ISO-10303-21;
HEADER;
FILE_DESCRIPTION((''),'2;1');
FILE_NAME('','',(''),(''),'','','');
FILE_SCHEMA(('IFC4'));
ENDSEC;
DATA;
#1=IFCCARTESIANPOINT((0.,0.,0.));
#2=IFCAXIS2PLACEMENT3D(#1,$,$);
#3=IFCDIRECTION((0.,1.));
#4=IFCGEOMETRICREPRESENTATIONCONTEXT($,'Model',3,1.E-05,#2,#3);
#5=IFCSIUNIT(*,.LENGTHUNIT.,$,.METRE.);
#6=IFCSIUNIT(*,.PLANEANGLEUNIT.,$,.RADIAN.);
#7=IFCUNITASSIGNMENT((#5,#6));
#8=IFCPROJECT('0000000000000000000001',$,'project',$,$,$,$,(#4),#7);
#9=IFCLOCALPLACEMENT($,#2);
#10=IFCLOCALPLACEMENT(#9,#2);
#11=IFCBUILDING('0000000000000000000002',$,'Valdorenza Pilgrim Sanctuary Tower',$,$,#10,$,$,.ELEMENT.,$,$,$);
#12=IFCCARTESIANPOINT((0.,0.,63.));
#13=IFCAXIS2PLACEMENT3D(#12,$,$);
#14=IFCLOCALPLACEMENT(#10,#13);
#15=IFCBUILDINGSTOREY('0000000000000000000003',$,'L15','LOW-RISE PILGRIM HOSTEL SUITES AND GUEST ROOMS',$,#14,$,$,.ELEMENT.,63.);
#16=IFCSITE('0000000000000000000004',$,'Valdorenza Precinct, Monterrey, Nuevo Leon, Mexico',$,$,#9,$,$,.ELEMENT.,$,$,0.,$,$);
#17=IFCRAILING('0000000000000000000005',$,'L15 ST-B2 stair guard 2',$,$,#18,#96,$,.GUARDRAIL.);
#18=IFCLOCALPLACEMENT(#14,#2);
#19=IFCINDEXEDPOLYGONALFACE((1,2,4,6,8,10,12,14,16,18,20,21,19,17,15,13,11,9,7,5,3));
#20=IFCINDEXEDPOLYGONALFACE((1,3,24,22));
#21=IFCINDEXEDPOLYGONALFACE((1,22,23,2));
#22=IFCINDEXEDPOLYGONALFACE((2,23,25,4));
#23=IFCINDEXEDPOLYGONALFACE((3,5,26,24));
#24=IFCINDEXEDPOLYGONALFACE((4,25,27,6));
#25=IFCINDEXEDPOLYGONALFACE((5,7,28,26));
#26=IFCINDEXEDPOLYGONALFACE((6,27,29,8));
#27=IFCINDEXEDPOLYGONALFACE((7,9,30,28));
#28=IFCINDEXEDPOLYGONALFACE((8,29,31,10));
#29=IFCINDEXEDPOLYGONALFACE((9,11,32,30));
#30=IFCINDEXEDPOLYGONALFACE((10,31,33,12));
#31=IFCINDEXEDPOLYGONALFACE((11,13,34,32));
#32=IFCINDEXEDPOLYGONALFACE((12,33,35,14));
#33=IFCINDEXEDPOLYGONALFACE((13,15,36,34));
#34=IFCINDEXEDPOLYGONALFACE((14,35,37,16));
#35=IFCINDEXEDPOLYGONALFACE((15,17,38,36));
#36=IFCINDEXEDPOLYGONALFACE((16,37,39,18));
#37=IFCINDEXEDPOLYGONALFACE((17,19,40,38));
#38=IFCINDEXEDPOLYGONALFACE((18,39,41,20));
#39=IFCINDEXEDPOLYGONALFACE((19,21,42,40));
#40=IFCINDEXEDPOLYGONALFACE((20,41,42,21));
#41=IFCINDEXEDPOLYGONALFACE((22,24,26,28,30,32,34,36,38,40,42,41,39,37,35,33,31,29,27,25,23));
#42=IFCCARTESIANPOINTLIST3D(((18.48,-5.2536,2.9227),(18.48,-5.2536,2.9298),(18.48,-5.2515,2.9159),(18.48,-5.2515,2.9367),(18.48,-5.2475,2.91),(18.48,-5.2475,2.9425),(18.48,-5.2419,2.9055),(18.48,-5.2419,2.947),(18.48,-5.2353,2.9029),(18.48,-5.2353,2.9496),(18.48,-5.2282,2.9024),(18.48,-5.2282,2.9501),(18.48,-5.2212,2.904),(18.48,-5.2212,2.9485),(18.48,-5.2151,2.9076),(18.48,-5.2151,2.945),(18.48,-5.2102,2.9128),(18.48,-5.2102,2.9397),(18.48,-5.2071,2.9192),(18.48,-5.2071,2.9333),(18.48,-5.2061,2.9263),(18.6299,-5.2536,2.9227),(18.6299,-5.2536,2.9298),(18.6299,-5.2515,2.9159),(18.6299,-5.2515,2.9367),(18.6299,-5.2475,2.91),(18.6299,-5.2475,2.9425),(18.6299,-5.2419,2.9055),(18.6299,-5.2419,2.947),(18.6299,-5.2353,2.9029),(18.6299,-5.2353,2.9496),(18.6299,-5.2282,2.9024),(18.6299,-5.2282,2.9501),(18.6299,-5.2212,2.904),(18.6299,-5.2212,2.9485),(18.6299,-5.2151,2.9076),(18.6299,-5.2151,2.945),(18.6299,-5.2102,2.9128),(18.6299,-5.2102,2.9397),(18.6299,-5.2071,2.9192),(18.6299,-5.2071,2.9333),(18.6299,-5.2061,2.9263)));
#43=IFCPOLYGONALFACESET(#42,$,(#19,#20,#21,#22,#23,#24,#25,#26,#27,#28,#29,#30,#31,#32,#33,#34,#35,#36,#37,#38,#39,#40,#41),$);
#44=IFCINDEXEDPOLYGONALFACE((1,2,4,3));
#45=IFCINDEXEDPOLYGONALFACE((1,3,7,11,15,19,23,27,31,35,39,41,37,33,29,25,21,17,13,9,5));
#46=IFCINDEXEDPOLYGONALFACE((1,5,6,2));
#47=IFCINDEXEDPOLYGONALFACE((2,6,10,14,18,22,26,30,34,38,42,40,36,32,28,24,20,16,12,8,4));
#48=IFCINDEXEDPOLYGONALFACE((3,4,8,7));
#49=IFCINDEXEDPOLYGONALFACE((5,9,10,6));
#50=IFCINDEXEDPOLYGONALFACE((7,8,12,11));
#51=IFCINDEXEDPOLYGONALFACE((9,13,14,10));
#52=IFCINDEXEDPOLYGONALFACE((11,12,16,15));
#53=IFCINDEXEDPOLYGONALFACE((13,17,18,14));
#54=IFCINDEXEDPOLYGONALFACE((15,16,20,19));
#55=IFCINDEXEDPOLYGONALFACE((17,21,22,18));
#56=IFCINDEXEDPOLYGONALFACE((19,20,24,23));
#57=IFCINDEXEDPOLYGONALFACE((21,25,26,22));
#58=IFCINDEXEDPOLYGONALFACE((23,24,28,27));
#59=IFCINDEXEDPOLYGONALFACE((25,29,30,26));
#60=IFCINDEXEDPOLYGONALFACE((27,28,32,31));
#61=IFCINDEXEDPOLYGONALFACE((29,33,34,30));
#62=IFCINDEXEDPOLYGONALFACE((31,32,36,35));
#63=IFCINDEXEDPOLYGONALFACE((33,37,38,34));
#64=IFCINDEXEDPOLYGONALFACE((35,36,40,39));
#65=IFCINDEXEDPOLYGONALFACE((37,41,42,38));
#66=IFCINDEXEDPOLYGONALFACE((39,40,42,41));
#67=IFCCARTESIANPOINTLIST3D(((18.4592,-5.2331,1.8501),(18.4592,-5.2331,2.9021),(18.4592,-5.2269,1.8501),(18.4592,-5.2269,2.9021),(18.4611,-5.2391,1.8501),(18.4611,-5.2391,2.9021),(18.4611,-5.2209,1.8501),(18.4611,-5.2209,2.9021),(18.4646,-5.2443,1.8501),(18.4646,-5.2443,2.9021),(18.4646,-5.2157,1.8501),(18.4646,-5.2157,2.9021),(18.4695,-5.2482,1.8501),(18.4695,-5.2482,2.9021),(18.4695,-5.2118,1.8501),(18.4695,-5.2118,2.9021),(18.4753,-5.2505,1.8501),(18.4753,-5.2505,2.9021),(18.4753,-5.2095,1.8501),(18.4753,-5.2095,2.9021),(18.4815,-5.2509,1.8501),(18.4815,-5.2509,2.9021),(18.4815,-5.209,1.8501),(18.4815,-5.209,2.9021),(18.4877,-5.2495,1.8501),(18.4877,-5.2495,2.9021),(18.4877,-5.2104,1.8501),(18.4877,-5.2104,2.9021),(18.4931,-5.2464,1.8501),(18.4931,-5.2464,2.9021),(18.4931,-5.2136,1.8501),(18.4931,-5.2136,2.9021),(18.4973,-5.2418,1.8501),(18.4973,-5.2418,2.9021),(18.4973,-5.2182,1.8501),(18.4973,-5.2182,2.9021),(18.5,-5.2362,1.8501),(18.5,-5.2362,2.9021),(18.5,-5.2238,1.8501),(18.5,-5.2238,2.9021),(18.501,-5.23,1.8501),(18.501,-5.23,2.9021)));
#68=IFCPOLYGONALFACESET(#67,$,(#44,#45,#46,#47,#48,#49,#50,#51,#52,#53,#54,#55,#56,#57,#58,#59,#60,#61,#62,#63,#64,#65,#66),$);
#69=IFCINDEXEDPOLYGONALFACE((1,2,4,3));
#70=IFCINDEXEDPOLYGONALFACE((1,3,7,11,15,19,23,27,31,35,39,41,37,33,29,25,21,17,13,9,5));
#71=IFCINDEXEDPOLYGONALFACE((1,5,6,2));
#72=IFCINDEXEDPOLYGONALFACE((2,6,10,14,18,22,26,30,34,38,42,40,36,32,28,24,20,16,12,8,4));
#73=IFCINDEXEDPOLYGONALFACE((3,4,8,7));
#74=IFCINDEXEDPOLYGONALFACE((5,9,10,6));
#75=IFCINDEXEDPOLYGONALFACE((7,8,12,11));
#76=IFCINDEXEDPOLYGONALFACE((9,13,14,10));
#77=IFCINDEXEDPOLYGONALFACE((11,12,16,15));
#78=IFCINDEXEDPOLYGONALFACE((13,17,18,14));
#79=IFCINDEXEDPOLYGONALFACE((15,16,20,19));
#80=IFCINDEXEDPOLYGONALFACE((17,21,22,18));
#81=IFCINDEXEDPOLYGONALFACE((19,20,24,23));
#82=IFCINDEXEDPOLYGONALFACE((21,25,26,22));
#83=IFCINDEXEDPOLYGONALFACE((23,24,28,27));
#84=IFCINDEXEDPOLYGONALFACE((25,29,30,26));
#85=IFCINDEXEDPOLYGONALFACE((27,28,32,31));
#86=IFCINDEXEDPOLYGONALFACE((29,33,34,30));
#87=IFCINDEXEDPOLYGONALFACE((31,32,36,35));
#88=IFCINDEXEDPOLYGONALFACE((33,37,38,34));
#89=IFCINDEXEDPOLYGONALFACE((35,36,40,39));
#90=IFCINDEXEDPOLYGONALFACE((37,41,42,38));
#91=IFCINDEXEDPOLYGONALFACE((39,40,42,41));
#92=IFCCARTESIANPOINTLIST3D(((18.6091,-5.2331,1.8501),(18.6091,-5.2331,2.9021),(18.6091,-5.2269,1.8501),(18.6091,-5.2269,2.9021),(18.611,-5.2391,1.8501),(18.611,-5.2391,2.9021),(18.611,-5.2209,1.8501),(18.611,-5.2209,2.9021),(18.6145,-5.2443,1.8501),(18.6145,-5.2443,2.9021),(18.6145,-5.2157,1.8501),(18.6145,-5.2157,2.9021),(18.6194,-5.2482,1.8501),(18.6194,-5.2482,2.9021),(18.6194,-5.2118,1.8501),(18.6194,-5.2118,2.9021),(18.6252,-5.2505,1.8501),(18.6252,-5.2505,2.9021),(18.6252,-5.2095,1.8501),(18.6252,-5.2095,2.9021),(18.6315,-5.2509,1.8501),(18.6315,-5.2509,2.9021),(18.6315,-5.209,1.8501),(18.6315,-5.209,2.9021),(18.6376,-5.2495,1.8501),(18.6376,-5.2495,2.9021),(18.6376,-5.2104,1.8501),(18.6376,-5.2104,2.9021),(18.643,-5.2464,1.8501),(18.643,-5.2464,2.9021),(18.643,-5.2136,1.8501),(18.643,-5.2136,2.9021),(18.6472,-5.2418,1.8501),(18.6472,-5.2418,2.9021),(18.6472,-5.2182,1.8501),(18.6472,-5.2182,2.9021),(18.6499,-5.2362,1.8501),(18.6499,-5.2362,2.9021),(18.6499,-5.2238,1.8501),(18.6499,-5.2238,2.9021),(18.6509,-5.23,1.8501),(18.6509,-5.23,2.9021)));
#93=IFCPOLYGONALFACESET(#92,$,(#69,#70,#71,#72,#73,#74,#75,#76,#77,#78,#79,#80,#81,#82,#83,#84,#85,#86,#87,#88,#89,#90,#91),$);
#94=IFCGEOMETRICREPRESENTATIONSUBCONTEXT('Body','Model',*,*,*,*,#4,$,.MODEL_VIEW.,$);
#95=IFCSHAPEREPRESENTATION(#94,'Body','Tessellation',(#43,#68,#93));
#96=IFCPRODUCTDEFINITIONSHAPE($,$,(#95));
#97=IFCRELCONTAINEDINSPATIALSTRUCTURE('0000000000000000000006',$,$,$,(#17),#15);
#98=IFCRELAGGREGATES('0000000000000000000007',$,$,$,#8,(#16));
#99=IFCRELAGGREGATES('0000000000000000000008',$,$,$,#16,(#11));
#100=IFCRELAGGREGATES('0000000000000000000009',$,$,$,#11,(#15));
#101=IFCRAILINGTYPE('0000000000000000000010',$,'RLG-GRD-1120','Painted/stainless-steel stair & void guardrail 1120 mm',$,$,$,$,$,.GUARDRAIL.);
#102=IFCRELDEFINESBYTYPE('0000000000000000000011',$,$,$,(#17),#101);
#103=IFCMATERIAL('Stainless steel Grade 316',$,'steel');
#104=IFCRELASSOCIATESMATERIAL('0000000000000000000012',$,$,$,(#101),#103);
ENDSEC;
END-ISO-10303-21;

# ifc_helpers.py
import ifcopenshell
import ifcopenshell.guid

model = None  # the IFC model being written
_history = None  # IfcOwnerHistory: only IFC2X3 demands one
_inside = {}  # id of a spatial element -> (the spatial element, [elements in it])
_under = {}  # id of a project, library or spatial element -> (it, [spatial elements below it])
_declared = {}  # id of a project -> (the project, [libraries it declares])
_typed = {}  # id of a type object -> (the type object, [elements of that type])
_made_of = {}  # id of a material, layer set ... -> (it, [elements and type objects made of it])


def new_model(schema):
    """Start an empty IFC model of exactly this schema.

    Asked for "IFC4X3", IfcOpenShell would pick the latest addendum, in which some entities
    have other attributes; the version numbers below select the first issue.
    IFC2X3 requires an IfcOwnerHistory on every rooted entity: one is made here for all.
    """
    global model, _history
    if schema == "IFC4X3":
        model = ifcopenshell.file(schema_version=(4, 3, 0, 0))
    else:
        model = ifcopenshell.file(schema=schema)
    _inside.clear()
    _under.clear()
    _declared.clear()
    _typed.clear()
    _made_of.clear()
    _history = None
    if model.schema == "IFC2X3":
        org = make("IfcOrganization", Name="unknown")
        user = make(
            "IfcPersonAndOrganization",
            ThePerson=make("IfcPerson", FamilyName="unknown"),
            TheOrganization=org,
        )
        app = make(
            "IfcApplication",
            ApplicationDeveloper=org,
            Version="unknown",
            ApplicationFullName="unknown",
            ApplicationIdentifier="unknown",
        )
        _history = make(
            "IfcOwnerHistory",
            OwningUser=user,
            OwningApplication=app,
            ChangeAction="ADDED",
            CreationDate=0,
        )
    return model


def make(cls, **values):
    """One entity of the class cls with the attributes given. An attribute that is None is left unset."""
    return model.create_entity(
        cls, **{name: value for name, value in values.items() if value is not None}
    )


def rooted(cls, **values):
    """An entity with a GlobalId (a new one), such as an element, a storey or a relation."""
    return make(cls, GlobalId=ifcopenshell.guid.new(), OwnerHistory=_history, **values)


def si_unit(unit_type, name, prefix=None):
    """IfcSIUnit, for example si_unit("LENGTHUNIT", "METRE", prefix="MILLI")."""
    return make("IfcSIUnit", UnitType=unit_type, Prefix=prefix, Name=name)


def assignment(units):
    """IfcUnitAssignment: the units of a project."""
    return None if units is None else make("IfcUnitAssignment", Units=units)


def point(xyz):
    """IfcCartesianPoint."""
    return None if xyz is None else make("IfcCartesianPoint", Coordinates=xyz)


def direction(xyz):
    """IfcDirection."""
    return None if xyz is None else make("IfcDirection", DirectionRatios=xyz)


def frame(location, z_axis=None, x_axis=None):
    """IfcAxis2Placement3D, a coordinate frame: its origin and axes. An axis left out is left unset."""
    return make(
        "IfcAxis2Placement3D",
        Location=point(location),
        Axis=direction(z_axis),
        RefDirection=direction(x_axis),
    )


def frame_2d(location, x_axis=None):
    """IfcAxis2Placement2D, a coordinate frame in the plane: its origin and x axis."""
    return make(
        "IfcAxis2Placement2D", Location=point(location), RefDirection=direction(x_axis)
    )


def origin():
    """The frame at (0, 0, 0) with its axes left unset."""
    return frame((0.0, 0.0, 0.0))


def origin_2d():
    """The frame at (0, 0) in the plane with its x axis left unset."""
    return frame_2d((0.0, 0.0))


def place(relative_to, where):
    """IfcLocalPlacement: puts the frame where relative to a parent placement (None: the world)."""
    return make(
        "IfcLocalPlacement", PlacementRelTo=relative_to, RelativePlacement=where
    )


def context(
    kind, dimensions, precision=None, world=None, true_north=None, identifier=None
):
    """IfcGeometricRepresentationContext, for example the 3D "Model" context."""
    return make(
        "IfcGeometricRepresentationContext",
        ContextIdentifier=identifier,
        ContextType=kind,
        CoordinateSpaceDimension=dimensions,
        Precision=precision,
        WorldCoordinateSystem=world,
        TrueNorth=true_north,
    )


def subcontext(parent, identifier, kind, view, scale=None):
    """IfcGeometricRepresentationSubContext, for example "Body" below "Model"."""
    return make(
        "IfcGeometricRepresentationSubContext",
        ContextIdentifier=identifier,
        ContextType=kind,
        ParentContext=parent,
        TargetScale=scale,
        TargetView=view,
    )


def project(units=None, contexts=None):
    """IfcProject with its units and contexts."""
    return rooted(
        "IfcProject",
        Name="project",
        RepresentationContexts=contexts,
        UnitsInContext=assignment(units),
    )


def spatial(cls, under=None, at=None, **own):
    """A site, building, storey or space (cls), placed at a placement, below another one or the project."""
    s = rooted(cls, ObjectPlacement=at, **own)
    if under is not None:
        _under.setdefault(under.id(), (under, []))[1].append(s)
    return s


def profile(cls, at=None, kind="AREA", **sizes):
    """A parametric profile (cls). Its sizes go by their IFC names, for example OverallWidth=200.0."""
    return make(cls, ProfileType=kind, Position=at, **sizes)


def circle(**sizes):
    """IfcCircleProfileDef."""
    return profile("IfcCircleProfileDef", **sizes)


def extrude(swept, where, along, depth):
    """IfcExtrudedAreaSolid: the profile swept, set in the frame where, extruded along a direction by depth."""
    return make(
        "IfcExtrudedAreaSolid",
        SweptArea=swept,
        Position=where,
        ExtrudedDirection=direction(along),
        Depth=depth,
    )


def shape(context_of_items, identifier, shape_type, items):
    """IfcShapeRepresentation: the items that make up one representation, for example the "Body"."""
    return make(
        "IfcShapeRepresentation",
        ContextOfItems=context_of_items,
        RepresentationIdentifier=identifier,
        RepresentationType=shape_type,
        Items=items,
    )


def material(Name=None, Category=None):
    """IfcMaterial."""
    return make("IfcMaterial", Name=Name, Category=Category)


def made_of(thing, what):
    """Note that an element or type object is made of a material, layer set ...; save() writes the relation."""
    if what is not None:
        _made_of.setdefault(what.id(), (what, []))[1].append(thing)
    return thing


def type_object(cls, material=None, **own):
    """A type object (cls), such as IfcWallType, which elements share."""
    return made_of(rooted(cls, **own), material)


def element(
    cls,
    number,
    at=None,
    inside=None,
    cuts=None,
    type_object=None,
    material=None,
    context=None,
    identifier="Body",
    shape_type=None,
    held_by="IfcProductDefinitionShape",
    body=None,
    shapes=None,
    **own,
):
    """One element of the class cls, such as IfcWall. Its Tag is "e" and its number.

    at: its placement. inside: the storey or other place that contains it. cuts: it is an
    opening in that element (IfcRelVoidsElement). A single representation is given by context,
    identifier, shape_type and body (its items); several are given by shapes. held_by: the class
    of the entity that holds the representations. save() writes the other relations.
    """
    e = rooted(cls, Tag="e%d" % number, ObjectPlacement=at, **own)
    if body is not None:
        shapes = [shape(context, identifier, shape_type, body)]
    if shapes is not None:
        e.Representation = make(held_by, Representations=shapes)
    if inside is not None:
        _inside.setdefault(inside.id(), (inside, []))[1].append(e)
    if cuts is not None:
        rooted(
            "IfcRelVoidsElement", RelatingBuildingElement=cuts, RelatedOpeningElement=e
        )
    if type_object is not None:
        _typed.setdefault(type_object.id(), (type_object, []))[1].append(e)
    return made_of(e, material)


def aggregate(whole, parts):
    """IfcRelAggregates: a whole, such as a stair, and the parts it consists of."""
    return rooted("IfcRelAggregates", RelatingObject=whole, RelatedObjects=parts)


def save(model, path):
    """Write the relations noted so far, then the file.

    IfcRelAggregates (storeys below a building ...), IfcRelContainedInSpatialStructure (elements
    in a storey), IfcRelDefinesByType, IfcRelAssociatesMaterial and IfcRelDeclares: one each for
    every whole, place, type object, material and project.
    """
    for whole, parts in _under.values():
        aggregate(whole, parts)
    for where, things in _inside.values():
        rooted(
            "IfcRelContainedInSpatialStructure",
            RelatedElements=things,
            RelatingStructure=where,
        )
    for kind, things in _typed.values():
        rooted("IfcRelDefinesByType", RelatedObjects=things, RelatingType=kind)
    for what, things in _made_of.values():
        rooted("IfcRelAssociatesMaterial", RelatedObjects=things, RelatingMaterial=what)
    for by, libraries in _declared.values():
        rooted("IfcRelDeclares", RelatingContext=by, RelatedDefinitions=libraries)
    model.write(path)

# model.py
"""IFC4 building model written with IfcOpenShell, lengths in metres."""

from ifc_helpers import new_model, si_unit, direction, frame, origin, origin_2d, place, context, subcontext, project, spatial, circle, extrude, material, type_object, element, save


model = new_model("IFC4")

# Units and contexts
model_context = context("Model", 3, precision=1e-05, world=origin(), true_north=direction((0.0, 1.0)))
body_context = subcontext(model_context, "Body", "Model", "MODEL_VIEW")
ifc_project = project(units=[si_unit("LENGTHUNIT", "METRE"), si_unit("PLANEANGLEUNIT", "RADIAN")], contexts=[model_context])

# Site, building, storey
site_placement = place(None, origin())
site = spatial("IfcSite", under=ifc_project, at=site_placement, Name="Valdorenza Precinct, Monterrey, Nuevo Leon, Mexico", CompositionType="ELEMENT", RefElevation=0.0)
building_placement = place(site_placement, origin())
building = spatial("IfcBuilding", under=site, at=building_placement, Name="Valdorenza Pilgrim Sanctuary Tower", CompositionType="ELEMENT")
storey_placement = place(building_placement, frame((0.0, 0.0, 63.0)))
storey = spatial("IfcBuildingStorey", under=building, at=storey_placement, Name="L15", Description="LOW-RISE PILGRIM HOSTEL SUITES AND GUEST ROOMS", CompositionType="ELEMENT", Elevation=63.0)

# Railing
ifc_material_1 = material(Name="Stainless steel Grade 316", Category="steel")
railing_type_1 = type_object("IfcRailingType", Name="RLG-GRD-1120", Description="Painted/stainless-steel stair & void guardrail 1120 mm", PredefinedType="GUARDRAIL", material=ifc_material_1)
railing_1_placement = place(storey_placement, frame((18.48, -5.23, 1.8501)))
element("IfcRailing", 1, at=railing_1_placement, inside=storey, type_object=railing_type_1, Name="L15 ST-B2 stair guard 2", PredefinedType="GUARDRAIL", context=body_context, shape_type="SweptSolid", body=[
    extrude(circle(Radius=0.0239, at=origin_2d()), frame((0.0, 0.0, 1.0762), z_axis=(1.0, 0.0, 0.0), x_axis=(0.0, 1.0, 0.0)), (0.0, 0.0, 1.0), 0.1499),
    extrude(circle(Radius=0.021, at=origin_2d()), origin(), (0.0, 0.0, 1.0), 1.052),
    extrude(circle(Radius=0.021, at=origin_2d()), frame((0.1499, 0.0, 0.0)), (0.0, 0.0, 1.0), 1.052),
])

save(model, "model.ifc")
